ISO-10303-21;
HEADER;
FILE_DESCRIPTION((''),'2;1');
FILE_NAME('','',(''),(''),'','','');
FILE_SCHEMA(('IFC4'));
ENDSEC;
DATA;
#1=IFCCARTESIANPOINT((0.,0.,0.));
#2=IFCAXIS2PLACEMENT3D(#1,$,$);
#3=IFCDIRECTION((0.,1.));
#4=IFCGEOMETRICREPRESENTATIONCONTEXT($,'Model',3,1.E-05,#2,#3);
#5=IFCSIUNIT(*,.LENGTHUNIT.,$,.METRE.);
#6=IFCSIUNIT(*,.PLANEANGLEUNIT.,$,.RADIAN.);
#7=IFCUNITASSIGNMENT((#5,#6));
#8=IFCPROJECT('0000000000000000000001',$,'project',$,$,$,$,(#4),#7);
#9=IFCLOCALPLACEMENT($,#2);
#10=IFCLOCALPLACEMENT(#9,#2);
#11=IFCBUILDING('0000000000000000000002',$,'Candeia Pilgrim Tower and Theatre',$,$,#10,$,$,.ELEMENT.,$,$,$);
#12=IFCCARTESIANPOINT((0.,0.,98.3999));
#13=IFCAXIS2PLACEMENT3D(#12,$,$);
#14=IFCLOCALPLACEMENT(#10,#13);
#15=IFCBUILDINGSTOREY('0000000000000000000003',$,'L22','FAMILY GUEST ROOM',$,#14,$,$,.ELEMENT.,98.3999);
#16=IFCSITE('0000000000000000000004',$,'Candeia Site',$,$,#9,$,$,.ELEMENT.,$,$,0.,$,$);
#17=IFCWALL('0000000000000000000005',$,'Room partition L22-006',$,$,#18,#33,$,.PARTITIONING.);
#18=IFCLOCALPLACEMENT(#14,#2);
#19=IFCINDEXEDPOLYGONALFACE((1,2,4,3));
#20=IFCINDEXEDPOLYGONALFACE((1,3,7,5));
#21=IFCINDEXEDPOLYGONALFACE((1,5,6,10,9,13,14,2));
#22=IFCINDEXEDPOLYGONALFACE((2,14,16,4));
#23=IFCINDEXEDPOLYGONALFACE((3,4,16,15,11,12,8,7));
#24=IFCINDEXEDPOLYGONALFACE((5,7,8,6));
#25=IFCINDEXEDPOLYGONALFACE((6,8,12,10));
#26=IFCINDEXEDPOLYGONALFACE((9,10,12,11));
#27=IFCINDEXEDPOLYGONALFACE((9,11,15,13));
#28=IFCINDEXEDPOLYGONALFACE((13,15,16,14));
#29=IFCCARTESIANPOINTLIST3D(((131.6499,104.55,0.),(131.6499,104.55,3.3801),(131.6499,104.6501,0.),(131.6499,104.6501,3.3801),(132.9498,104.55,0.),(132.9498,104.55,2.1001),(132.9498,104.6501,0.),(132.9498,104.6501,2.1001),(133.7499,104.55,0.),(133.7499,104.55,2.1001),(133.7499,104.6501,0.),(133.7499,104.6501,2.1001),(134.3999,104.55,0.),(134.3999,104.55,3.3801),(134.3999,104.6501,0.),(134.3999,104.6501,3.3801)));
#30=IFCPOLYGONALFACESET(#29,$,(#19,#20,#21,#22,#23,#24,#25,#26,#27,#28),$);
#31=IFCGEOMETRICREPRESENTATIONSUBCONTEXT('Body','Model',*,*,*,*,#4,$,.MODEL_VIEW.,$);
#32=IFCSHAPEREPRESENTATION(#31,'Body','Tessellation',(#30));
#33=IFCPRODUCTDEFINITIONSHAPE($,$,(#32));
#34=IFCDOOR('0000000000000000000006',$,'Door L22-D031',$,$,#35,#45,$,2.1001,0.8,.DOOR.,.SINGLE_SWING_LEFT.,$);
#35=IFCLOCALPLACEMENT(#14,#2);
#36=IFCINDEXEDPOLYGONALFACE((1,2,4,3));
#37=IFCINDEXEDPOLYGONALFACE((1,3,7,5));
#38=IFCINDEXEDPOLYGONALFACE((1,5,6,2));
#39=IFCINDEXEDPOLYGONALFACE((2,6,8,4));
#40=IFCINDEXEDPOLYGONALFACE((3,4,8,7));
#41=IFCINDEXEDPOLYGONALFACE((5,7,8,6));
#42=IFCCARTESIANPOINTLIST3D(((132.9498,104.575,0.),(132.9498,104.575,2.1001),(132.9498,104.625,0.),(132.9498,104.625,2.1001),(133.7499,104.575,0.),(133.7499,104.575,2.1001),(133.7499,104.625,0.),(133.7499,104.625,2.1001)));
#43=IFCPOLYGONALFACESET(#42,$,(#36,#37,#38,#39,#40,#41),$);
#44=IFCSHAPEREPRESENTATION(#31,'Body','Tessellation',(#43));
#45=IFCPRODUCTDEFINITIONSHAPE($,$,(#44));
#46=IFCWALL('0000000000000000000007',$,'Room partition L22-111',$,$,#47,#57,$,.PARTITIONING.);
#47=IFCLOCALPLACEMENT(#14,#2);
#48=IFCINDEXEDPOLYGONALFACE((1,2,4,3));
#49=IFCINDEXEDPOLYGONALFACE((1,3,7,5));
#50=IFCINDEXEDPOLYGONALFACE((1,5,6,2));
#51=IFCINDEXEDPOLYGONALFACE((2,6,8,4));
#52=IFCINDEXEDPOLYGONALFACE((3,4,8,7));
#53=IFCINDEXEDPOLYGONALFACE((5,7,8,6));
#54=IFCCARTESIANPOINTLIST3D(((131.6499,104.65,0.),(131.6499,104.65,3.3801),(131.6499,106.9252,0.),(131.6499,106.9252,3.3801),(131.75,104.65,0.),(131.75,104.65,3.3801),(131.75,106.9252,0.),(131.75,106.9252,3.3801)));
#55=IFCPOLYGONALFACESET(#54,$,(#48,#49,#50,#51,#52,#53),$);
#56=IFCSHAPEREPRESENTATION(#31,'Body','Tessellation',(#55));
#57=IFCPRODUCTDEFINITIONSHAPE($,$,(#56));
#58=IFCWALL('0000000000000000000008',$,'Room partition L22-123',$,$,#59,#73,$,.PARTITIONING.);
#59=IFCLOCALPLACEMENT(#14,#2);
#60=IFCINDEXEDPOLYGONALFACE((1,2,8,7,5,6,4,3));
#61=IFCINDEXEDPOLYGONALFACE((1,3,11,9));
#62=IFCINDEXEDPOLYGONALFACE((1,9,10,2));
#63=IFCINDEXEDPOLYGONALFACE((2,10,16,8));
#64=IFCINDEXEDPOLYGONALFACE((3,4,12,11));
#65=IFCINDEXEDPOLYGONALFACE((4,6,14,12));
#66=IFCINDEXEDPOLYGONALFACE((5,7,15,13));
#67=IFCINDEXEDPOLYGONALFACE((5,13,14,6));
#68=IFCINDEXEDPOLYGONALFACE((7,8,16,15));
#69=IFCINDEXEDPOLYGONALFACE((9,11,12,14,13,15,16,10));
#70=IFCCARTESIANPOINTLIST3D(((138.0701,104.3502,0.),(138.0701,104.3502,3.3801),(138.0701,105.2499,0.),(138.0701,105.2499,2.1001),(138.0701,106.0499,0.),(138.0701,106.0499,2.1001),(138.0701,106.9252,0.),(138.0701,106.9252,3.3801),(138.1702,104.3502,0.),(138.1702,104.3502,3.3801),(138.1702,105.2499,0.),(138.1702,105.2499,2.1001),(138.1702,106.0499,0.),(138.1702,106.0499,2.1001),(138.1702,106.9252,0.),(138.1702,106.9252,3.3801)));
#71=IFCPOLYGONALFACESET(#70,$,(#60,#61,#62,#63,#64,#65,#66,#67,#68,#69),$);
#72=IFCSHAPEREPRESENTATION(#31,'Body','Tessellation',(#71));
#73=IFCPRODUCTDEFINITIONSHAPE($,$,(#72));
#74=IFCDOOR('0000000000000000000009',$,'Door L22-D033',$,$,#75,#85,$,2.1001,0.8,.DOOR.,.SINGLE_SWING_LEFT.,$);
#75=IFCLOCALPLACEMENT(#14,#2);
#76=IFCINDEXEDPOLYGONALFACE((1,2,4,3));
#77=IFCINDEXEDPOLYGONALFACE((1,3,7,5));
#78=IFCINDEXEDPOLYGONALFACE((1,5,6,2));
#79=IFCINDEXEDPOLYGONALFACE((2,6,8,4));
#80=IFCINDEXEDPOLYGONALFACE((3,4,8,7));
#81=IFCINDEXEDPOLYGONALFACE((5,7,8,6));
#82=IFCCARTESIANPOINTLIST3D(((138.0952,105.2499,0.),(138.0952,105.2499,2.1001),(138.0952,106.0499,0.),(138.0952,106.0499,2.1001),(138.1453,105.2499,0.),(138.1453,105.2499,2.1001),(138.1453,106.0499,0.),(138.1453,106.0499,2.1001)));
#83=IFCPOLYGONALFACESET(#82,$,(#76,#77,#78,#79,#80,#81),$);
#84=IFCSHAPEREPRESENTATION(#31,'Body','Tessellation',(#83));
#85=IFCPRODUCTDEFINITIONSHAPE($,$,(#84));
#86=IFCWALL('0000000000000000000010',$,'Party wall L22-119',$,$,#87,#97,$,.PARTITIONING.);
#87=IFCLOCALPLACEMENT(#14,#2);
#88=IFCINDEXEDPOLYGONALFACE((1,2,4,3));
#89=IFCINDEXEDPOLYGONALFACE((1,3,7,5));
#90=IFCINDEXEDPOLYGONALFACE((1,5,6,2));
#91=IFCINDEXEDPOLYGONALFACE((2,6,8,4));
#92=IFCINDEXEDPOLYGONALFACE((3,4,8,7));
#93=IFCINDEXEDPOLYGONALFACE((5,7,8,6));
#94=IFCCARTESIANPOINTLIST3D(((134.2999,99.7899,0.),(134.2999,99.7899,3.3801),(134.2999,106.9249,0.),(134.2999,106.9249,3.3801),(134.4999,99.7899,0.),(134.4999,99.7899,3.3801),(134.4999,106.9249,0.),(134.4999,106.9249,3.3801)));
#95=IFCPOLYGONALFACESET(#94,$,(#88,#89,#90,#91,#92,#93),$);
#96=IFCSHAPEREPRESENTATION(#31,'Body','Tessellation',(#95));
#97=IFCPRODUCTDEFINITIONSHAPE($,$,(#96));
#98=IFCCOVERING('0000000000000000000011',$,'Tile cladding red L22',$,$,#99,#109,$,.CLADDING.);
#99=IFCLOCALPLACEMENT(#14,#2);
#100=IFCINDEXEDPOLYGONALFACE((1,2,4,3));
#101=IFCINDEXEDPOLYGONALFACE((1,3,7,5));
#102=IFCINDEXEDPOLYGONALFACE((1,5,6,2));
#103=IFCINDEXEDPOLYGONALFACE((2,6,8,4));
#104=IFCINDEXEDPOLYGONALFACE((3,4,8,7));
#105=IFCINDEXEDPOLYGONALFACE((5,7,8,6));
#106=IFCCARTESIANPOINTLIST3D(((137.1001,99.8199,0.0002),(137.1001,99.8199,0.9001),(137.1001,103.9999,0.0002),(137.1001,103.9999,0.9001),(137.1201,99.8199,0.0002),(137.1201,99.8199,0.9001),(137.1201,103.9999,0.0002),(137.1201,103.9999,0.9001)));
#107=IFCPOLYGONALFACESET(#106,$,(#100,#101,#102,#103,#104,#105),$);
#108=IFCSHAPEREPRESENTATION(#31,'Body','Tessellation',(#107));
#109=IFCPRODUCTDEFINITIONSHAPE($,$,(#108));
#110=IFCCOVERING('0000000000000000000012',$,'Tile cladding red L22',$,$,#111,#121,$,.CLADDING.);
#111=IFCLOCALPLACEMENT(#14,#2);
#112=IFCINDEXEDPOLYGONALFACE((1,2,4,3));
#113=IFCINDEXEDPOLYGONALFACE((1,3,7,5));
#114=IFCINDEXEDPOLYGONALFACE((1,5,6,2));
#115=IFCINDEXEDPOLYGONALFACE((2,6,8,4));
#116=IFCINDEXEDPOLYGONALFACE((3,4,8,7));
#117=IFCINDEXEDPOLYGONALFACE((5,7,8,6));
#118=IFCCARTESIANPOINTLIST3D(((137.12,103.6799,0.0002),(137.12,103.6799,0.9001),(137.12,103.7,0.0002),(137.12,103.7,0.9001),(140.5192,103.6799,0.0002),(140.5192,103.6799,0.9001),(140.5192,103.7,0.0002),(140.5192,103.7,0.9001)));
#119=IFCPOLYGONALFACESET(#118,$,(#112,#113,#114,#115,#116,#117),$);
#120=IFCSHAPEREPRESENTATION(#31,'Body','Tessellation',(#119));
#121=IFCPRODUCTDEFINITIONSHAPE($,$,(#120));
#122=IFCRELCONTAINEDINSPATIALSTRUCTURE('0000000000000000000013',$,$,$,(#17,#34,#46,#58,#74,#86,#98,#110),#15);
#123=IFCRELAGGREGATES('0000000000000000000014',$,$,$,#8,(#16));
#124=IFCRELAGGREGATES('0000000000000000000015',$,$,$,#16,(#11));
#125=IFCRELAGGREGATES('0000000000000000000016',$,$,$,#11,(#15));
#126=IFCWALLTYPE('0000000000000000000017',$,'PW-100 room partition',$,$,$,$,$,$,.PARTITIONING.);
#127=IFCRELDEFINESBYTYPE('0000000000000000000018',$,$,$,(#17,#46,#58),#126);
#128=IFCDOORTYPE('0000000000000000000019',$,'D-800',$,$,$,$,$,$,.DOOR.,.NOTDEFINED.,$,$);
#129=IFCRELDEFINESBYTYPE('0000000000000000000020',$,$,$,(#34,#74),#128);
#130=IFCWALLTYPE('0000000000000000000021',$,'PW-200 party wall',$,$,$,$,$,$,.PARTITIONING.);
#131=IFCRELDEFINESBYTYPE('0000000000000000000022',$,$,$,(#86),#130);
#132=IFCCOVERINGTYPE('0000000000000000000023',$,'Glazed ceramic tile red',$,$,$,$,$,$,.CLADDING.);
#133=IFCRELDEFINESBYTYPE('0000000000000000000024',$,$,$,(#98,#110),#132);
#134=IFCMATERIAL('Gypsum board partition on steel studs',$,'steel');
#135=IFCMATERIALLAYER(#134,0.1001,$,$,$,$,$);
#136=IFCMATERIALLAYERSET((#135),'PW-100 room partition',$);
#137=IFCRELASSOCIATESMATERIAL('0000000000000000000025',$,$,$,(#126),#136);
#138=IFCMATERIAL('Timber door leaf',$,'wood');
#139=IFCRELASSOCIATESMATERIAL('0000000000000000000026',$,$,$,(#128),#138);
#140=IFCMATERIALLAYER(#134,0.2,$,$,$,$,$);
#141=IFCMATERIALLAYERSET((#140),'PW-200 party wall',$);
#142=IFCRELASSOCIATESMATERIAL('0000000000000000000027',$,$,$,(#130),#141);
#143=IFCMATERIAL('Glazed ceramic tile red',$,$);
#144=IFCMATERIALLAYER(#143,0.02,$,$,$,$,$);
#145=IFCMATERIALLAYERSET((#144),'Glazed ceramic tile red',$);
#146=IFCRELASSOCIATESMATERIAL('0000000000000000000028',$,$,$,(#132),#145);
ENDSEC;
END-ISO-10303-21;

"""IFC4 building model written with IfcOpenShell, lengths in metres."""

from ifc_helpers import new_model, si_unit, direction, frame, frame_2d, origin, origin_2d, place, context, subcontext, project, spatial, rectangle, extrude, material, layer, layer_set, type_object, element, fill, save


model = new_model("IFC4")

# Units and contexts
model_context = context("Model", 3, precision=1e-05, world=origin(), true_north=direction((0.0, 1.0)))
body_context = subcontext(model_context, "Body", "Model", "MODEL_VIEW")
ifc_project = project(units=[si_unit("LENGTHUNIT", "METRE"), si_unit("PLANEANGLEUNIT", "RADIAN")], contexts=[model_context])

# Site, building, storey
site_placement = place(None, origin())
site = spatial("IfcSite", under=ifc_project, at=site_placement, Name="Candeia Site", CompositionType="ELEMENT", RefElevation=0.0)
building_placement = place(site_placement, origin())
building = spatial("IfcBuilding", under=site, at=building_placement, Name="Candeia Pilgrim Tower and Theatre", CompositionType="ELEMENT")
storey_placement = place(building_placement, frame((0.0, 0.0, 98.3999)))
storey = spatial("IfcBuildingStorey", under=building, at=storey_placement, Name="L22", Description="FAMILY GUEST ROOM", CompositionType="ELEMENT", Elevation=98.3999)

# Shared definitions
ifc_material_1 = material(Name="Gypsum board partition on steel studs", Category="steel")
ifc_layer_1 = layer(ifc_material_1, 0.1001)
ifc_layer_set_1 = layer_set([ifc_layer_1], Name="PW-100 room partition")
wall_type_1 = type_object("IfcWallType", Name="PW-100 room partition", PredefinedType="PARTITIONING", material=ifc_layer_set_1)

# Wall, opening, door
wall_1_placement = place(storey_placement, frame((131.6499, 104.6001, 0.0), z_axis=(0.0, 0.0, 1.0), x_axis=(1.0, 0.0, 0.0)))
wall_1 = element("IfcWall", 1, at=wall_1_placement, inside=storey, type_object=wall_type_1, Name="Room partition L22-006", PredefinedType="PARTITIONING", context=body_context, shape_type="SweptSolid", body=[
    extrude(rectangle(XDim=2.75, YDim=0.1001, at=frame_2d((1.375, 0.0))), origin(), (0.0, 0.0, 1.0), 3.3801),
])
opening_1_placement = place(wall_1_placement, frame((1.3, 0.0, 0.0)))
opening_1 = element("IfcOpeningElement", 2, at=opening_1_placement, cuts=wall_1, PredefinedType="OPENING", context=body_context, shape_type="SweptSolid", body=[
    extrude(rectangle(XDim=0.8, YDim=2.1001, at=frame_2d((0.3999, 1.05))), frame((0.0, 0.0601, 0.0), z_axis=(0.0, -1.0, 0.0), x_axis=(1.0, 0.0, 0.0)), (0.0, 0.0, 1.0), 0.1201),
])
ifc_material_2 = material(Name="Timber door leaf", Category="wood")
door_type_1 = type_object("IfcDoorType", Name="D-800", OperationType="NOTDEFINED", PredefinedType="DOOR", material=ifc_material_2)
door_1_placement = place(opening_1_placement, origin())
door_1 = element("IfcDoor", 3, at=door_1_placement, inside=storey, type_object=door_type_1, Name="Door L22-D031", OperationType="SINGLE_SWING_LEFT", OverallHeight=2.1001, OverallWidth=0.8, PredefinedType="DOOR", context=body_context, shape_type="SweptSolid", body=[
    extrude(rectangle(XDim=0.8, YDim=2.1001, at=frame_2d((0.3999, 1.05))), frame((0.0, 0.0249, 0.0), z_axis=(0.0, -1.0, 0.0), x_axis=(1.0, 0.0, 0.0)), (0.0, 0.0, 1.0), 0.05),
])
fill(opening_1, door_1)

# Wall
wall_2_placement = place(storey_placement, frame((131.7, 104.6499, 0.0), z_axis=(0.0, 0.0, 1.0), x_axis=(0.0, 1.0, 0.0)))
element("IfcWall", 4, at=wall_2_placement, inside=storey, type_object=wall_type_1, Name="Room partition L22-111", PredefinedType="PARTITIONING", context=body_context, shape_type="SweptSolid", body=[
    extrude(rectangle(XDim=2.2751, YDim=0.1001, at=frame_2d((1.1377, 0.0))), origin(), (0.0, 0.0, 1.0), 3.3801),
])

# Wall, opening, door
wall_3_placement = place(storey_placement, frame((138.1201, 104.3501, 0.0), z_axis=(0.0, 0.0, 1.0), x_axis=(0.0, 1.0, 0.0)))
wall_3 = element("IfcWall", 5, at=wall_3_placement, inside=storey, type_object=wall_type_1, Name="Room partition L22-123", PredefinedType="PARTITIONING", context=body_context, shape_type="SweptSolid", body=[
    extrude(rectangle(XDim=2.575, YDim=0.1001, at=frame_2d((1.2876, 0.0))), origin(), (0.0, 0.0, 1.0), 3.3801),
])
opening_2_placement = place(wall_3_placement, frame((0.8999, 0.0, 0.0)))
opening_2 = element("IfcOpeningElement", 6, at=opening_2_placement, cuts=wall_3, PredefinedType="OPENING", context=body_context, shape_type="SweptSolid", body=[
    extrude(rectangle(XDim=0.8, YDim=2.1001, at=frame_2d((0.3999, 1.05))), frame((0.0, 0.0601, 0.0), z_axis=(0.0, -1.0, 0.0), x_axis=(1.0, 0.0, 0.0)), (0.0, 0.0, 1.0), 0.1201),
])
door_2_placement = place(opening_2_placement, origin())
door_2 = element("IfcDoor", 7, at=door_2_placement, inside=storey, type_object=door_type_1, Name="Door L22-D033", OperationType="SINGLE_SWING_LEFT", OverallHeight=2.1001, OverallWidth=0.8, PredefinedType="DOOR", context=body_context, shape_type="SweptSolid", body=[
    extrude(rectangle(XDim=0.8, YDim=2.1001, at=frame_2d((0.3999, 1.05))), frame((0.0, 0.0249, 0.0), z_axis=(0.0, -1.0, 0.0), x_axis=(1.0, 0.0, 0.0)), (0.0, 0.0, 1.0), 0.05),
])
fill(opening_2, door_2)

# Wall
ifc_layer_2 = layer(ifc_material_1, 0.2)
ifc_layer_set_2 = layer_set([ifc_layer_2], Name="PW-200 party wall")
wall_type_2 = type_object("IfcWallType", Name="PW-200 party wall", PredefinedType="PARTITIONING", material=ifc_layer_set_2)
wall_4_placement = place(storey_placement, frame((134.3999, 99.79, 0.0), z_axis=(0.0, 0.0, 1.0), x_axis=(0.0, 1.0, 0.0)))
element("IfcWall", 8, at=wall_4_placement, inside=storey, type_object=wall_type_2, Name="Party wall L22-119", PredefinedType="PARTITIONING", context=body_context, shape_type="SweptSolid", body=[
    extrude(rectangle(XDim=7.135, YDim=0.2, at=frame_2d((3.5674, 0.0))), origin(), (0.0, 0.0, 1.0), 3.3801),
])

# Coverings
ifc_material_3 = material(Name="Glazed ceramic tile red")
ifc_layer_3 = layer(ifc_material_3, 0.02)
ifc_layer_set_3 = layer_set([ifc_layer_3], Name="Glazed ceramic tile red")
covering_type = type_object("IfcCoveringType", Name="Glazed ceramic tile red", PredefinedType="CLADDING", material=ifc_layer_set_3)
covering_1_placement = place(storey_placement, frame((137.1101, 101.9099, 0.0002), z_axis=(0.0, 0.0, 1.0), x_axis=(0.0, 1.0, 0.0)))
element("IfcCovering", 9, at=covering_1_placement, inside=storey, type_object=covering_type, Name="Tile cladding red L22", PredefinedType="CLADDING", context=body_context, shape_type="SweptSolid", body=[
    extrude(rectangle(XDim=4.1799, YDim=0.02, at=origin_2d()), origin(), (0.0, 0.0, 1.0), 0.8999),
])
covering_2_placement = place(storey_placement, frame((138.8196, 103.6899, 0.0002), z_axis=(0.0, 0.0, 1.0), x_axis=(1.0, 0.0, 0.0)))
element("IfcCovering", 10, at=covering_2_placement, inside=storey, type_object=covering_type, Name="Tile cladding red L22", PredefinedType="CLADDING", context=body_context, shape_type="SweptSolid", body=[
    extrude(rectangle(XDim=3.3992, YDim=0.02, at=origin_2d()), origin(), (0.0, 0.0, 1.0), 0.8999),
])

save(model, "model.ifc")
